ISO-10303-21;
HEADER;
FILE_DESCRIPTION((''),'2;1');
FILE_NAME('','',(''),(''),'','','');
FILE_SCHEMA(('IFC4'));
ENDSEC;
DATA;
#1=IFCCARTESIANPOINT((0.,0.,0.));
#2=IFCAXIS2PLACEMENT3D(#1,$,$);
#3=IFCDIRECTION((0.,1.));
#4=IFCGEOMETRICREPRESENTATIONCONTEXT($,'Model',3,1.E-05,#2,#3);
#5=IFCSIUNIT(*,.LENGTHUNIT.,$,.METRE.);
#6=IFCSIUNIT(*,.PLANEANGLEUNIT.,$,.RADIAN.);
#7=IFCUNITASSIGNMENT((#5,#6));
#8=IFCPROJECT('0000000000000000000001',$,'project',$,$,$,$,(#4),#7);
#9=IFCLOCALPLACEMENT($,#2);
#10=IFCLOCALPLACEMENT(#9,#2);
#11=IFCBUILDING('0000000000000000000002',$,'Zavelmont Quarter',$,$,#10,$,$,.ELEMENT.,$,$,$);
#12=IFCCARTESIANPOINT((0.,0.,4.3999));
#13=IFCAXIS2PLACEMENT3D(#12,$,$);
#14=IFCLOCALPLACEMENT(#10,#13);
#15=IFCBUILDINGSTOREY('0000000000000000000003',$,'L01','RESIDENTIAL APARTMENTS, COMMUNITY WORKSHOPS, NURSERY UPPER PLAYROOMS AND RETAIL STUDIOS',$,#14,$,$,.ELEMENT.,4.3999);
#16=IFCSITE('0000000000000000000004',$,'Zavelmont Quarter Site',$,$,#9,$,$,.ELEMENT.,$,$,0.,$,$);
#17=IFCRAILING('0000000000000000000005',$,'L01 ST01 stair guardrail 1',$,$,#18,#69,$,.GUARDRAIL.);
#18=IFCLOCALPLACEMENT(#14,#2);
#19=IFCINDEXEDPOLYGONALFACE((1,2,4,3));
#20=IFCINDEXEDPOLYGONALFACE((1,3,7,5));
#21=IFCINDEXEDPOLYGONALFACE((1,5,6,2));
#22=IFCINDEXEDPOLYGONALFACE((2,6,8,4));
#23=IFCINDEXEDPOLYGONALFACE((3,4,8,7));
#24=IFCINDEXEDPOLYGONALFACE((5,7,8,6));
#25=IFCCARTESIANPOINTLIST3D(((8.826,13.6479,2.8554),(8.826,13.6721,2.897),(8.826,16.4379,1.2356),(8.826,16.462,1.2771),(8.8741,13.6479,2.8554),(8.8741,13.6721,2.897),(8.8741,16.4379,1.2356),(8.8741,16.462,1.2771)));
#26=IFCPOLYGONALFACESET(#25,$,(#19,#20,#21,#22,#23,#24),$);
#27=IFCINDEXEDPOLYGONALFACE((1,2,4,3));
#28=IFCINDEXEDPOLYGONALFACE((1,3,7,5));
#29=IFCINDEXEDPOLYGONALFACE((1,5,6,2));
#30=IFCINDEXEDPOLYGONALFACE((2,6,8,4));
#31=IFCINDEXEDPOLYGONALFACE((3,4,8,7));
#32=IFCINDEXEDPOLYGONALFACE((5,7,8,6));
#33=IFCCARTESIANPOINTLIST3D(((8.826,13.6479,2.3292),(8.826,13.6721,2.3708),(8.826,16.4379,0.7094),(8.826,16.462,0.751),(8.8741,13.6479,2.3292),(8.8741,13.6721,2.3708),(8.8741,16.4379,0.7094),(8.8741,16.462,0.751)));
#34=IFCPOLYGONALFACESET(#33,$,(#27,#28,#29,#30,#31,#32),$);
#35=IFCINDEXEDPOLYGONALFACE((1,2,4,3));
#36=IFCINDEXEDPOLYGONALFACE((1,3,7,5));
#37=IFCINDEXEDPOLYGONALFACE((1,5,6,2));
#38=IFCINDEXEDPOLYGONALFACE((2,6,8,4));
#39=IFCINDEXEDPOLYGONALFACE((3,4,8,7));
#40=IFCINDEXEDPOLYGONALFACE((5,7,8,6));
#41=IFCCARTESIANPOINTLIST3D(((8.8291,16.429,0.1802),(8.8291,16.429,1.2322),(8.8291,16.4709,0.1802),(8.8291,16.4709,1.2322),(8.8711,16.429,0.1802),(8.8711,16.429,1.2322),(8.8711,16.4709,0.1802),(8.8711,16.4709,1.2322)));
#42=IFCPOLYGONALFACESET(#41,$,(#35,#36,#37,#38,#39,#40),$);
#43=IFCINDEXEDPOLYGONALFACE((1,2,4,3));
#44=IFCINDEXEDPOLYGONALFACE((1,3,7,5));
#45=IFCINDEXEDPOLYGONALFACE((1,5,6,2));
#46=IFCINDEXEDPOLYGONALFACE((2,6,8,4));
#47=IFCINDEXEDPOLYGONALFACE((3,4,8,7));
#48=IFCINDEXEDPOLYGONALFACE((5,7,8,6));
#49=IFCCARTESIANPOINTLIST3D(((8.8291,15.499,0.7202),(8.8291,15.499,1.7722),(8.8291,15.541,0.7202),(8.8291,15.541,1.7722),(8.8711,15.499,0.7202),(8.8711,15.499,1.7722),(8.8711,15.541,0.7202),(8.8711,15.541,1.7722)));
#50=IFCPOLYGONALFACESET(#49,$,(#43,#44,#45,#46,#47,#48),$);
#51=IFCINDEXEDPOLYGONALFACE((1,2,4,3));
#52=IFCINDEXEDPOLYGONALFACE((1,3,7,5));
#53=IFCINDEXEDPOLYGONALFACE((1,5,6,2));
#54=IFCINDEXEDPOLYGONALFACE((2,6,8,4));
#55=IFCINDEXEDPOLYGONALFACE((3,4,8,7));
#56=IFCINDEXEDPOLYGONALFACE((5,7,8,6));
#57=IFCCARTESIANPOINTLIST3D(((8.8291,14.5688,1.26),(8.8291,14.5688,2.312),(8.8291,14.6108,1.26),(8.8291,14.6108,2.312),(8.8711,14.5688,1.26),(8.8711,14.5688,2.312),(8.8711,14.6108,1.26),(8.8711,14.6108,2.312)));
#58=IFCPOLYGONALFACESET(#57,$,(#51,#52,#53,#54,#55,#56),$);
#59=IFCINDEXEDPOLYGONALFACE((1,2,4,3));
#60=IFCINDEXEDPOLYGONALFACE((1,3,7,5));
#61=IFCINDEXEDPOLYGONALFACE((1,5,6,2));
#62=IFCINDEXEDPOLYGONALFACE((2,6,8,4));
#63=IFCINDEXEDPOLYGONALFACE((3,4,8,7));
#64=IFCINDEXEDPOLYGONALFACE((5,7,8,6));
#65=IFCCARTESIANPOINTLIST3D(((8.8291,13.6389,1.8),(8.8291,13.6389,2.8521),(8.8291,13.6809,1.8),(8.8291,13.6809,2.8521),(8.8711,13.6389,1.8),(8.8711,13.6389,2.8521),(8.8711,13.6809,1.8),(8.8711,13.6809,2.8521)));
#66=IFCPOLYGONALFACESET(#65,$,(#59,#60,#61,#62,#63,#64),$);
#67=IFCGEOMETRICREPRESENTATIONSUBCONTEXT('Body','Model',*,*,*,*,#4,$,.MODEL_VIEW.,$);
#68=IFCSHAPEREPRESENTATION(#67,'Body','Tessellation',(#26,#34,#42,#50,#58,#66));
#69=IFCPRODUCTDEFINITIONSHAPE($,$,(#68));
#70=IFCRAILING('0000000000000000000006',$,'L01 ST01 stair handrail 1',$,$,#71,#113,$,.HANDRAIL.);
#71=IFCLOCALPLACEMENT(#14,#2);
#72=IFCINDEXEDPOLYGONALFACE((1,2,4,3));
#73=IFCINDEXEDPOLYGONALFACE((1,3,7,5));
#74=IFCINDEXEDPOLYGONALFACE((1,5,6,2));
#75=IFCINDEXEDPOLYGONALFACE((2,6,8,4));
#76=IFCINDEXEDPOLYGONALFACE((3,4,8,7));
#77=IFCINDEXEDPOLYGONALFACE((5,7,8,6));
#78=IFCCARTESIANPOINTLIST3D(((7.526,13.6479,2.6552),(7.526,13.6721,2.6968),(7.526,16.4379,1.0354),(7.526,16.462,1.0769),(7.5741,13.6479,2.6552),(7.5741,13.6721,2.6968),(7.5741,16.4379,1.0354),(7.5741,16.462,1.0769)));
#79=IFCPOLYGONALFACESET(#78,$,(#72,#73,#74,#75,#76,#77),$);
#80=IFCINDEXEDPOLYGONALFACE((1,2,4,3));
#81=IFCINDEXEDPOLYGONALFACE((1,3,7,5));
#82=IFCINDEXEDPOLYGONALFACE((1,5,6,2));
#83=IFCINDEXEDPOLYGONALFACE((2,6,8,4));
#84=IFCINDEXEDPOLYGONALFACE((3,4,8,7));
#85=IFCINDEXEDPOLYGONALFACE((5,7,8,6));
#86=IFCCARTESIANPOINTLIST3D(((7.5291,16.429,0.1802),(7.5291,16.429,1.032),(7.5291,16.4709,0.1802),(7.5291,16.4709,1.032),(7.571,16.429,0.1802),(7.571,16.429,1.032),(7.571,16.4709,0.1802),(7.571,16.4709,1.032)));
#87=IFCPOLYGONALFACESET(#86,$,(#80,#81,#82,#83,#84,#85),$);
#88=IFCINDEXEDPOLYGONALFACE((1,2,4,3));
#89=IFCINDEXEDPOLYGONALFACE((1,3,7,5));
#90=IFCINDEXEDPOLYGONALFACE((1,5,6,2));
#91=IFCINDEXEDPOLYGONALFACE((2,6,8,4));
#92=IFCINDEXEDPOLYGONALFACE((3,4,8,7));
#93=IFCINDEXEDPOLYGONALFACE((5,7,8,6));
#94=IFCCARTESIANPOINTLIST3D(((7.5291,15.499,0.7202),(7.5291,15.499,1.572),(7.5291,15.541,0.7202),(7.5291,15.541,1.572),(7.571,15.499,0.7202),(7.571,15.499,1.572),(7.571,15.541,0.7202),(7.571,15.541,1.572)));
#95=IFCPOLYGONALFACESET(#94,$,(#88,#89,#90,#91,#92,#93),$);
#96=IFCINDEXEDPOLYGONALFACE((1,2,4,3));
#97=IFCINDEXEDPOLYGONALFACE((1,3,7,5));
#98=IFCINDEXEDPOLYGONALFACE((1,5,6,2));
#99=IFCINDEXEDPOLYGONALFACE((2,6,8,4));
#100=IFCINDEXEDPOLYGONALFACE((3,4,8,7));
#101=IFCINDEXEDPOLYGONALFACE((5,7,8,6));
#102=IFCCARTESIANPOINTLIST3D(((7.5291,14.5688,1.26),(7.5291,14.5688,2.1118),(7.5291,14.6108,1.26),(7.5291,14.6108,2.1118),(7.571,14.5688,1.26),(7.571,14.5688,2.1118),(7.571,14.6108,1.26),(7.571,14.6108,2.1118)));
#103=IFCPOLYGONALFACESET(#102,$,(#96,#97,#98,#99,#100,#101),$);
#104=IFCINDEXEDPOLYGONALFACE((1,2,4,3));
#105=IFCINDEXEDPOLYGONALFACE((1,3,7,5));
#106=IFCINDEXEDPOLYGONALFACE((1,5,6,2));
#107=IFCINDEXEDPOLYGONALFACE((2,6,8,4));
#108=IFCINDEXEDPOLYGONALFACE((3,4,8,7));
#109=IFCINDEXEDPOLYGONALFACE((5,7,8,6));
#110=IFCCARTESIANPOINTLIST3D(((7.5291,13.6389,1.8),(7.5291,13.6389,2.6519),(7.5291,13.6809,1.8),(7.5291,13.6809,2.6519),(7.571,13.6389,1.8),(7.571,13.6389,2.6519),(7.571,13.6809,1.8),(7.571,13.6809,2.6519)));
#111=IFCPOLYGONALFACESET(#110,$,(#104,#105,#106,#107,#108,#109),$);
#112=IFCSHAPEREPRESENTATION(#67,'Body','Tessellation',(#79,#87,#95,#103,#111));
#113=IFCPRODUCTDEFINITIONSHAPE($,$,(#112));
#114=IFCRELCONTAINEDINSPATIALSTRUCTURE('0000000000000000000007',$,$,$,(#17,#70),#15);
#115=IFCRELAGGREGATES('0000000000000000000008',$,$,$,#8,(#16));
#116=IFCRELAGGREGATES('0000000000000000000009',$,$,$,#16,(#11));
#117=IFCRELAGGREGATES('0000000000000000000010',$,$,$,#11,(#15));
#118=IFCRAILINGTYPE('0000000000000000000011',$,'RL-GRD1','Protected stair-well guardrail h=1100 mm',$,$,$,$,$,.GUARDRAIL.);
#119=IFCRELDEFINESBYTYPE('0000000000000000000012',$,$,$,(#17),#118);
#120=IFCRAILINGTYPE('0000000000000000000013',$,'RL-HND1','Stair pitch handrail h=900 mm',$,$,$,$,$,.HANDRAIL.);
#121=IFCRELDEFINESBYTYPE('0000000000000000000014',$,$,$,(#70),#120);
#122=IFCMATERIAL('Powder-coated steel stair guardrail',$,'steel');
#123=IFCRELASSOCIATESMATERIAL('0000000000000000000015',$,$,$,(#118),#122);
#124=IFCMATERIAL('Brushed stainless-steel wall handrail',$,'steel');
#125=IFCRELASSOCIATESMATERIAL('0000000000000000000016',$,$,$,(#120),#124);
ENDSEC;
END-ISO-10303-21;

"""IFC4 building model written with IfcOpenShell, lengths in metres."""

from ifc_helpers import new_model, si_unit, direction, frame, origin, origin_2d, place, context, subcontext, project, spatial, rectangle, extrude, material, type_object, element, save


model = new_model("IFC4")

# Units and contexts
model_context = context("Model", 3, precision=1e-05, world=origin(), true_north=direction((0.0, 1.0)))
body_context = subcontext(model_context, "Body", "Model", "MODEL_VIEW")
ifc_project = project(units=[si_unit("LENGTHUNIT", "METRE"), si_unit("PLANEANGLEUNIT", "RADIAN")], contexts=[model_context])

# Site, building, storey
site_placement = place(None, origin())
site = spatial("IfcSite", under=ifc_project, at=site_placement, Name="Zavelmont Quarter Site", CompositionType="ELEMENT", RefElevation=0.0)
building_placement = place(site_placement, origin())
building = spatial("IfcBuilding", under=site, at=building_placement, Name="Zavelmont Quarter", CompositionType="ELEMENT")
storey_placement = place(building_placement, frame((0.0, 0.0, 4.3999)))
storey = spatial("IfcBuildingStorey", under=building, at=storey_placement, Name="L01", Description="RESIDENTIAL APARTMENTS, COMMUNITY WORKSHOPS, NURSERY UPPER PLAYROOMS AND RETAIL STUDIOS", CompositionType="ELEMENT", Elevation=4.3999)

# Railings
ifc_material_1 = material(Name="Powder-coated steel stair guardrail", Category="steel")
railing_type_1 = type_object("IfcRailingType", Name="RL-GRD1", Description="Protected stair-well guardrail h=1100 mm", PredefinedType="GUARDRAIL", material=ifc_material_1)
railing_1_placement = place(storey_placement, frame((8.8501, 16.45, 0.1802)))
element("IfcRailing", 1, at=railing_1_placement, inside=storey, type_object=railing_type_1, Name="L01 ST01 stair guardrail 1", PredefinedType="GUARDRAIL", context=body_context, shape_type="SweptSolid", body=[
    extrude(rectangle(XDim=0.0481, YDim=0.0481, at=origin_2d()), frame((0.0, 0.0, 1.0762), z_axis=(0.0, -0.864809, 0.502101), x_axis=(1.0, 0.0, 0.0)), (0.0, 0.0, 1.0), 3.2261),
    extrude(rectangle(XDim=0.0481, YDim=0.0481, at=origin_2d()), frame((0.0, 0.0, 0.55), z_axis=(0.0, -0.864809, 0.502101), x_axis=(1.0, 0.0, 0.0)), (0.0, 0.0, 1.0), 3.2261),
    extrude(rectangle(XDim=0.042, YDim=0.042, at=origin_2d()), origin(), (0.0, 0.0, 1.0), 1.052),
    extrude(rectangle(XDim=0.042, YDim=0.042, at=origin_2d()), frame((0.0, -0.9299, 0.54)), (0.0, 0.0, 1.0), 1.052),
    extrude(rectangle(XDim=0.042, YDim=0.042, at=origin_2d()), frame((0.0, -1.8601, 1.0798)), (0.0, 0.0, 1.0), 1.052),
    extrude(rectangle(XDim=0.042, YDim=0.042, at=origin_2d()), frame((0.0, -2.79, 1.6199)), (0.0, 0.0, 1.0), 1.052),
])
ifc_material_2 = material(Name="Brushed stainless-steel wall handrail", Category="steel")
railing_type_2 = type_object("IfcRailingType", Name="RL-HND1", Description="Stair pitch handrail h=900 mm", PredefinedType="HANDRAIL", material=ifc_material_2)
railing_2_placement = place(storey_placement, frame((7.55, 16.45, 0.1802)))
element("IfcRailing", 2, at=railing_2_placement, inside=storey, type_object=railing_type_2, Name="L01 ST01 stair handrail 1", PredefinedType="HANDRAIL", context=body_context, shape_type="SweptSolid", body=[
    extrude(rectangle(XDim=0.0481, YDim=0.0481, at=origin_2d()), frame((0.0, 0.0, 0.876), z_axis=(0.0, -0.864809, 0.502101), x_axis=(1.0, 0.0, 0.0)), (0.0, 0.0, 1.0), 3.2261),
    extrude(rectangle(XDim=0.042, YDim=0.042, at=origin_2d()), origin(), (0.0, 0.0, 1.0), 0.8518),
    extrude(rectangle(XDim=0.042, YDim=0.042, at=origin_2d()), frame((0.0, -0.9299, 0.54)), (0.0, 0.0, 1.0), 0.8518),
    extrude(rectangle(XDim=0.042, YDim=0.042, at=origin_2d()), frame((0.0, -1.8601, 1.0798)), (0.0, 0.0, 1.0), 0.8518),
    extrude(rectangle(XDim=0.042, YDim=0.042, at=origin_2d()), frame((0.0, -2.79, 1.6199)), (0.0, 0.0, 1.0), 0.8518),
])

save(model, "model.ifc")
